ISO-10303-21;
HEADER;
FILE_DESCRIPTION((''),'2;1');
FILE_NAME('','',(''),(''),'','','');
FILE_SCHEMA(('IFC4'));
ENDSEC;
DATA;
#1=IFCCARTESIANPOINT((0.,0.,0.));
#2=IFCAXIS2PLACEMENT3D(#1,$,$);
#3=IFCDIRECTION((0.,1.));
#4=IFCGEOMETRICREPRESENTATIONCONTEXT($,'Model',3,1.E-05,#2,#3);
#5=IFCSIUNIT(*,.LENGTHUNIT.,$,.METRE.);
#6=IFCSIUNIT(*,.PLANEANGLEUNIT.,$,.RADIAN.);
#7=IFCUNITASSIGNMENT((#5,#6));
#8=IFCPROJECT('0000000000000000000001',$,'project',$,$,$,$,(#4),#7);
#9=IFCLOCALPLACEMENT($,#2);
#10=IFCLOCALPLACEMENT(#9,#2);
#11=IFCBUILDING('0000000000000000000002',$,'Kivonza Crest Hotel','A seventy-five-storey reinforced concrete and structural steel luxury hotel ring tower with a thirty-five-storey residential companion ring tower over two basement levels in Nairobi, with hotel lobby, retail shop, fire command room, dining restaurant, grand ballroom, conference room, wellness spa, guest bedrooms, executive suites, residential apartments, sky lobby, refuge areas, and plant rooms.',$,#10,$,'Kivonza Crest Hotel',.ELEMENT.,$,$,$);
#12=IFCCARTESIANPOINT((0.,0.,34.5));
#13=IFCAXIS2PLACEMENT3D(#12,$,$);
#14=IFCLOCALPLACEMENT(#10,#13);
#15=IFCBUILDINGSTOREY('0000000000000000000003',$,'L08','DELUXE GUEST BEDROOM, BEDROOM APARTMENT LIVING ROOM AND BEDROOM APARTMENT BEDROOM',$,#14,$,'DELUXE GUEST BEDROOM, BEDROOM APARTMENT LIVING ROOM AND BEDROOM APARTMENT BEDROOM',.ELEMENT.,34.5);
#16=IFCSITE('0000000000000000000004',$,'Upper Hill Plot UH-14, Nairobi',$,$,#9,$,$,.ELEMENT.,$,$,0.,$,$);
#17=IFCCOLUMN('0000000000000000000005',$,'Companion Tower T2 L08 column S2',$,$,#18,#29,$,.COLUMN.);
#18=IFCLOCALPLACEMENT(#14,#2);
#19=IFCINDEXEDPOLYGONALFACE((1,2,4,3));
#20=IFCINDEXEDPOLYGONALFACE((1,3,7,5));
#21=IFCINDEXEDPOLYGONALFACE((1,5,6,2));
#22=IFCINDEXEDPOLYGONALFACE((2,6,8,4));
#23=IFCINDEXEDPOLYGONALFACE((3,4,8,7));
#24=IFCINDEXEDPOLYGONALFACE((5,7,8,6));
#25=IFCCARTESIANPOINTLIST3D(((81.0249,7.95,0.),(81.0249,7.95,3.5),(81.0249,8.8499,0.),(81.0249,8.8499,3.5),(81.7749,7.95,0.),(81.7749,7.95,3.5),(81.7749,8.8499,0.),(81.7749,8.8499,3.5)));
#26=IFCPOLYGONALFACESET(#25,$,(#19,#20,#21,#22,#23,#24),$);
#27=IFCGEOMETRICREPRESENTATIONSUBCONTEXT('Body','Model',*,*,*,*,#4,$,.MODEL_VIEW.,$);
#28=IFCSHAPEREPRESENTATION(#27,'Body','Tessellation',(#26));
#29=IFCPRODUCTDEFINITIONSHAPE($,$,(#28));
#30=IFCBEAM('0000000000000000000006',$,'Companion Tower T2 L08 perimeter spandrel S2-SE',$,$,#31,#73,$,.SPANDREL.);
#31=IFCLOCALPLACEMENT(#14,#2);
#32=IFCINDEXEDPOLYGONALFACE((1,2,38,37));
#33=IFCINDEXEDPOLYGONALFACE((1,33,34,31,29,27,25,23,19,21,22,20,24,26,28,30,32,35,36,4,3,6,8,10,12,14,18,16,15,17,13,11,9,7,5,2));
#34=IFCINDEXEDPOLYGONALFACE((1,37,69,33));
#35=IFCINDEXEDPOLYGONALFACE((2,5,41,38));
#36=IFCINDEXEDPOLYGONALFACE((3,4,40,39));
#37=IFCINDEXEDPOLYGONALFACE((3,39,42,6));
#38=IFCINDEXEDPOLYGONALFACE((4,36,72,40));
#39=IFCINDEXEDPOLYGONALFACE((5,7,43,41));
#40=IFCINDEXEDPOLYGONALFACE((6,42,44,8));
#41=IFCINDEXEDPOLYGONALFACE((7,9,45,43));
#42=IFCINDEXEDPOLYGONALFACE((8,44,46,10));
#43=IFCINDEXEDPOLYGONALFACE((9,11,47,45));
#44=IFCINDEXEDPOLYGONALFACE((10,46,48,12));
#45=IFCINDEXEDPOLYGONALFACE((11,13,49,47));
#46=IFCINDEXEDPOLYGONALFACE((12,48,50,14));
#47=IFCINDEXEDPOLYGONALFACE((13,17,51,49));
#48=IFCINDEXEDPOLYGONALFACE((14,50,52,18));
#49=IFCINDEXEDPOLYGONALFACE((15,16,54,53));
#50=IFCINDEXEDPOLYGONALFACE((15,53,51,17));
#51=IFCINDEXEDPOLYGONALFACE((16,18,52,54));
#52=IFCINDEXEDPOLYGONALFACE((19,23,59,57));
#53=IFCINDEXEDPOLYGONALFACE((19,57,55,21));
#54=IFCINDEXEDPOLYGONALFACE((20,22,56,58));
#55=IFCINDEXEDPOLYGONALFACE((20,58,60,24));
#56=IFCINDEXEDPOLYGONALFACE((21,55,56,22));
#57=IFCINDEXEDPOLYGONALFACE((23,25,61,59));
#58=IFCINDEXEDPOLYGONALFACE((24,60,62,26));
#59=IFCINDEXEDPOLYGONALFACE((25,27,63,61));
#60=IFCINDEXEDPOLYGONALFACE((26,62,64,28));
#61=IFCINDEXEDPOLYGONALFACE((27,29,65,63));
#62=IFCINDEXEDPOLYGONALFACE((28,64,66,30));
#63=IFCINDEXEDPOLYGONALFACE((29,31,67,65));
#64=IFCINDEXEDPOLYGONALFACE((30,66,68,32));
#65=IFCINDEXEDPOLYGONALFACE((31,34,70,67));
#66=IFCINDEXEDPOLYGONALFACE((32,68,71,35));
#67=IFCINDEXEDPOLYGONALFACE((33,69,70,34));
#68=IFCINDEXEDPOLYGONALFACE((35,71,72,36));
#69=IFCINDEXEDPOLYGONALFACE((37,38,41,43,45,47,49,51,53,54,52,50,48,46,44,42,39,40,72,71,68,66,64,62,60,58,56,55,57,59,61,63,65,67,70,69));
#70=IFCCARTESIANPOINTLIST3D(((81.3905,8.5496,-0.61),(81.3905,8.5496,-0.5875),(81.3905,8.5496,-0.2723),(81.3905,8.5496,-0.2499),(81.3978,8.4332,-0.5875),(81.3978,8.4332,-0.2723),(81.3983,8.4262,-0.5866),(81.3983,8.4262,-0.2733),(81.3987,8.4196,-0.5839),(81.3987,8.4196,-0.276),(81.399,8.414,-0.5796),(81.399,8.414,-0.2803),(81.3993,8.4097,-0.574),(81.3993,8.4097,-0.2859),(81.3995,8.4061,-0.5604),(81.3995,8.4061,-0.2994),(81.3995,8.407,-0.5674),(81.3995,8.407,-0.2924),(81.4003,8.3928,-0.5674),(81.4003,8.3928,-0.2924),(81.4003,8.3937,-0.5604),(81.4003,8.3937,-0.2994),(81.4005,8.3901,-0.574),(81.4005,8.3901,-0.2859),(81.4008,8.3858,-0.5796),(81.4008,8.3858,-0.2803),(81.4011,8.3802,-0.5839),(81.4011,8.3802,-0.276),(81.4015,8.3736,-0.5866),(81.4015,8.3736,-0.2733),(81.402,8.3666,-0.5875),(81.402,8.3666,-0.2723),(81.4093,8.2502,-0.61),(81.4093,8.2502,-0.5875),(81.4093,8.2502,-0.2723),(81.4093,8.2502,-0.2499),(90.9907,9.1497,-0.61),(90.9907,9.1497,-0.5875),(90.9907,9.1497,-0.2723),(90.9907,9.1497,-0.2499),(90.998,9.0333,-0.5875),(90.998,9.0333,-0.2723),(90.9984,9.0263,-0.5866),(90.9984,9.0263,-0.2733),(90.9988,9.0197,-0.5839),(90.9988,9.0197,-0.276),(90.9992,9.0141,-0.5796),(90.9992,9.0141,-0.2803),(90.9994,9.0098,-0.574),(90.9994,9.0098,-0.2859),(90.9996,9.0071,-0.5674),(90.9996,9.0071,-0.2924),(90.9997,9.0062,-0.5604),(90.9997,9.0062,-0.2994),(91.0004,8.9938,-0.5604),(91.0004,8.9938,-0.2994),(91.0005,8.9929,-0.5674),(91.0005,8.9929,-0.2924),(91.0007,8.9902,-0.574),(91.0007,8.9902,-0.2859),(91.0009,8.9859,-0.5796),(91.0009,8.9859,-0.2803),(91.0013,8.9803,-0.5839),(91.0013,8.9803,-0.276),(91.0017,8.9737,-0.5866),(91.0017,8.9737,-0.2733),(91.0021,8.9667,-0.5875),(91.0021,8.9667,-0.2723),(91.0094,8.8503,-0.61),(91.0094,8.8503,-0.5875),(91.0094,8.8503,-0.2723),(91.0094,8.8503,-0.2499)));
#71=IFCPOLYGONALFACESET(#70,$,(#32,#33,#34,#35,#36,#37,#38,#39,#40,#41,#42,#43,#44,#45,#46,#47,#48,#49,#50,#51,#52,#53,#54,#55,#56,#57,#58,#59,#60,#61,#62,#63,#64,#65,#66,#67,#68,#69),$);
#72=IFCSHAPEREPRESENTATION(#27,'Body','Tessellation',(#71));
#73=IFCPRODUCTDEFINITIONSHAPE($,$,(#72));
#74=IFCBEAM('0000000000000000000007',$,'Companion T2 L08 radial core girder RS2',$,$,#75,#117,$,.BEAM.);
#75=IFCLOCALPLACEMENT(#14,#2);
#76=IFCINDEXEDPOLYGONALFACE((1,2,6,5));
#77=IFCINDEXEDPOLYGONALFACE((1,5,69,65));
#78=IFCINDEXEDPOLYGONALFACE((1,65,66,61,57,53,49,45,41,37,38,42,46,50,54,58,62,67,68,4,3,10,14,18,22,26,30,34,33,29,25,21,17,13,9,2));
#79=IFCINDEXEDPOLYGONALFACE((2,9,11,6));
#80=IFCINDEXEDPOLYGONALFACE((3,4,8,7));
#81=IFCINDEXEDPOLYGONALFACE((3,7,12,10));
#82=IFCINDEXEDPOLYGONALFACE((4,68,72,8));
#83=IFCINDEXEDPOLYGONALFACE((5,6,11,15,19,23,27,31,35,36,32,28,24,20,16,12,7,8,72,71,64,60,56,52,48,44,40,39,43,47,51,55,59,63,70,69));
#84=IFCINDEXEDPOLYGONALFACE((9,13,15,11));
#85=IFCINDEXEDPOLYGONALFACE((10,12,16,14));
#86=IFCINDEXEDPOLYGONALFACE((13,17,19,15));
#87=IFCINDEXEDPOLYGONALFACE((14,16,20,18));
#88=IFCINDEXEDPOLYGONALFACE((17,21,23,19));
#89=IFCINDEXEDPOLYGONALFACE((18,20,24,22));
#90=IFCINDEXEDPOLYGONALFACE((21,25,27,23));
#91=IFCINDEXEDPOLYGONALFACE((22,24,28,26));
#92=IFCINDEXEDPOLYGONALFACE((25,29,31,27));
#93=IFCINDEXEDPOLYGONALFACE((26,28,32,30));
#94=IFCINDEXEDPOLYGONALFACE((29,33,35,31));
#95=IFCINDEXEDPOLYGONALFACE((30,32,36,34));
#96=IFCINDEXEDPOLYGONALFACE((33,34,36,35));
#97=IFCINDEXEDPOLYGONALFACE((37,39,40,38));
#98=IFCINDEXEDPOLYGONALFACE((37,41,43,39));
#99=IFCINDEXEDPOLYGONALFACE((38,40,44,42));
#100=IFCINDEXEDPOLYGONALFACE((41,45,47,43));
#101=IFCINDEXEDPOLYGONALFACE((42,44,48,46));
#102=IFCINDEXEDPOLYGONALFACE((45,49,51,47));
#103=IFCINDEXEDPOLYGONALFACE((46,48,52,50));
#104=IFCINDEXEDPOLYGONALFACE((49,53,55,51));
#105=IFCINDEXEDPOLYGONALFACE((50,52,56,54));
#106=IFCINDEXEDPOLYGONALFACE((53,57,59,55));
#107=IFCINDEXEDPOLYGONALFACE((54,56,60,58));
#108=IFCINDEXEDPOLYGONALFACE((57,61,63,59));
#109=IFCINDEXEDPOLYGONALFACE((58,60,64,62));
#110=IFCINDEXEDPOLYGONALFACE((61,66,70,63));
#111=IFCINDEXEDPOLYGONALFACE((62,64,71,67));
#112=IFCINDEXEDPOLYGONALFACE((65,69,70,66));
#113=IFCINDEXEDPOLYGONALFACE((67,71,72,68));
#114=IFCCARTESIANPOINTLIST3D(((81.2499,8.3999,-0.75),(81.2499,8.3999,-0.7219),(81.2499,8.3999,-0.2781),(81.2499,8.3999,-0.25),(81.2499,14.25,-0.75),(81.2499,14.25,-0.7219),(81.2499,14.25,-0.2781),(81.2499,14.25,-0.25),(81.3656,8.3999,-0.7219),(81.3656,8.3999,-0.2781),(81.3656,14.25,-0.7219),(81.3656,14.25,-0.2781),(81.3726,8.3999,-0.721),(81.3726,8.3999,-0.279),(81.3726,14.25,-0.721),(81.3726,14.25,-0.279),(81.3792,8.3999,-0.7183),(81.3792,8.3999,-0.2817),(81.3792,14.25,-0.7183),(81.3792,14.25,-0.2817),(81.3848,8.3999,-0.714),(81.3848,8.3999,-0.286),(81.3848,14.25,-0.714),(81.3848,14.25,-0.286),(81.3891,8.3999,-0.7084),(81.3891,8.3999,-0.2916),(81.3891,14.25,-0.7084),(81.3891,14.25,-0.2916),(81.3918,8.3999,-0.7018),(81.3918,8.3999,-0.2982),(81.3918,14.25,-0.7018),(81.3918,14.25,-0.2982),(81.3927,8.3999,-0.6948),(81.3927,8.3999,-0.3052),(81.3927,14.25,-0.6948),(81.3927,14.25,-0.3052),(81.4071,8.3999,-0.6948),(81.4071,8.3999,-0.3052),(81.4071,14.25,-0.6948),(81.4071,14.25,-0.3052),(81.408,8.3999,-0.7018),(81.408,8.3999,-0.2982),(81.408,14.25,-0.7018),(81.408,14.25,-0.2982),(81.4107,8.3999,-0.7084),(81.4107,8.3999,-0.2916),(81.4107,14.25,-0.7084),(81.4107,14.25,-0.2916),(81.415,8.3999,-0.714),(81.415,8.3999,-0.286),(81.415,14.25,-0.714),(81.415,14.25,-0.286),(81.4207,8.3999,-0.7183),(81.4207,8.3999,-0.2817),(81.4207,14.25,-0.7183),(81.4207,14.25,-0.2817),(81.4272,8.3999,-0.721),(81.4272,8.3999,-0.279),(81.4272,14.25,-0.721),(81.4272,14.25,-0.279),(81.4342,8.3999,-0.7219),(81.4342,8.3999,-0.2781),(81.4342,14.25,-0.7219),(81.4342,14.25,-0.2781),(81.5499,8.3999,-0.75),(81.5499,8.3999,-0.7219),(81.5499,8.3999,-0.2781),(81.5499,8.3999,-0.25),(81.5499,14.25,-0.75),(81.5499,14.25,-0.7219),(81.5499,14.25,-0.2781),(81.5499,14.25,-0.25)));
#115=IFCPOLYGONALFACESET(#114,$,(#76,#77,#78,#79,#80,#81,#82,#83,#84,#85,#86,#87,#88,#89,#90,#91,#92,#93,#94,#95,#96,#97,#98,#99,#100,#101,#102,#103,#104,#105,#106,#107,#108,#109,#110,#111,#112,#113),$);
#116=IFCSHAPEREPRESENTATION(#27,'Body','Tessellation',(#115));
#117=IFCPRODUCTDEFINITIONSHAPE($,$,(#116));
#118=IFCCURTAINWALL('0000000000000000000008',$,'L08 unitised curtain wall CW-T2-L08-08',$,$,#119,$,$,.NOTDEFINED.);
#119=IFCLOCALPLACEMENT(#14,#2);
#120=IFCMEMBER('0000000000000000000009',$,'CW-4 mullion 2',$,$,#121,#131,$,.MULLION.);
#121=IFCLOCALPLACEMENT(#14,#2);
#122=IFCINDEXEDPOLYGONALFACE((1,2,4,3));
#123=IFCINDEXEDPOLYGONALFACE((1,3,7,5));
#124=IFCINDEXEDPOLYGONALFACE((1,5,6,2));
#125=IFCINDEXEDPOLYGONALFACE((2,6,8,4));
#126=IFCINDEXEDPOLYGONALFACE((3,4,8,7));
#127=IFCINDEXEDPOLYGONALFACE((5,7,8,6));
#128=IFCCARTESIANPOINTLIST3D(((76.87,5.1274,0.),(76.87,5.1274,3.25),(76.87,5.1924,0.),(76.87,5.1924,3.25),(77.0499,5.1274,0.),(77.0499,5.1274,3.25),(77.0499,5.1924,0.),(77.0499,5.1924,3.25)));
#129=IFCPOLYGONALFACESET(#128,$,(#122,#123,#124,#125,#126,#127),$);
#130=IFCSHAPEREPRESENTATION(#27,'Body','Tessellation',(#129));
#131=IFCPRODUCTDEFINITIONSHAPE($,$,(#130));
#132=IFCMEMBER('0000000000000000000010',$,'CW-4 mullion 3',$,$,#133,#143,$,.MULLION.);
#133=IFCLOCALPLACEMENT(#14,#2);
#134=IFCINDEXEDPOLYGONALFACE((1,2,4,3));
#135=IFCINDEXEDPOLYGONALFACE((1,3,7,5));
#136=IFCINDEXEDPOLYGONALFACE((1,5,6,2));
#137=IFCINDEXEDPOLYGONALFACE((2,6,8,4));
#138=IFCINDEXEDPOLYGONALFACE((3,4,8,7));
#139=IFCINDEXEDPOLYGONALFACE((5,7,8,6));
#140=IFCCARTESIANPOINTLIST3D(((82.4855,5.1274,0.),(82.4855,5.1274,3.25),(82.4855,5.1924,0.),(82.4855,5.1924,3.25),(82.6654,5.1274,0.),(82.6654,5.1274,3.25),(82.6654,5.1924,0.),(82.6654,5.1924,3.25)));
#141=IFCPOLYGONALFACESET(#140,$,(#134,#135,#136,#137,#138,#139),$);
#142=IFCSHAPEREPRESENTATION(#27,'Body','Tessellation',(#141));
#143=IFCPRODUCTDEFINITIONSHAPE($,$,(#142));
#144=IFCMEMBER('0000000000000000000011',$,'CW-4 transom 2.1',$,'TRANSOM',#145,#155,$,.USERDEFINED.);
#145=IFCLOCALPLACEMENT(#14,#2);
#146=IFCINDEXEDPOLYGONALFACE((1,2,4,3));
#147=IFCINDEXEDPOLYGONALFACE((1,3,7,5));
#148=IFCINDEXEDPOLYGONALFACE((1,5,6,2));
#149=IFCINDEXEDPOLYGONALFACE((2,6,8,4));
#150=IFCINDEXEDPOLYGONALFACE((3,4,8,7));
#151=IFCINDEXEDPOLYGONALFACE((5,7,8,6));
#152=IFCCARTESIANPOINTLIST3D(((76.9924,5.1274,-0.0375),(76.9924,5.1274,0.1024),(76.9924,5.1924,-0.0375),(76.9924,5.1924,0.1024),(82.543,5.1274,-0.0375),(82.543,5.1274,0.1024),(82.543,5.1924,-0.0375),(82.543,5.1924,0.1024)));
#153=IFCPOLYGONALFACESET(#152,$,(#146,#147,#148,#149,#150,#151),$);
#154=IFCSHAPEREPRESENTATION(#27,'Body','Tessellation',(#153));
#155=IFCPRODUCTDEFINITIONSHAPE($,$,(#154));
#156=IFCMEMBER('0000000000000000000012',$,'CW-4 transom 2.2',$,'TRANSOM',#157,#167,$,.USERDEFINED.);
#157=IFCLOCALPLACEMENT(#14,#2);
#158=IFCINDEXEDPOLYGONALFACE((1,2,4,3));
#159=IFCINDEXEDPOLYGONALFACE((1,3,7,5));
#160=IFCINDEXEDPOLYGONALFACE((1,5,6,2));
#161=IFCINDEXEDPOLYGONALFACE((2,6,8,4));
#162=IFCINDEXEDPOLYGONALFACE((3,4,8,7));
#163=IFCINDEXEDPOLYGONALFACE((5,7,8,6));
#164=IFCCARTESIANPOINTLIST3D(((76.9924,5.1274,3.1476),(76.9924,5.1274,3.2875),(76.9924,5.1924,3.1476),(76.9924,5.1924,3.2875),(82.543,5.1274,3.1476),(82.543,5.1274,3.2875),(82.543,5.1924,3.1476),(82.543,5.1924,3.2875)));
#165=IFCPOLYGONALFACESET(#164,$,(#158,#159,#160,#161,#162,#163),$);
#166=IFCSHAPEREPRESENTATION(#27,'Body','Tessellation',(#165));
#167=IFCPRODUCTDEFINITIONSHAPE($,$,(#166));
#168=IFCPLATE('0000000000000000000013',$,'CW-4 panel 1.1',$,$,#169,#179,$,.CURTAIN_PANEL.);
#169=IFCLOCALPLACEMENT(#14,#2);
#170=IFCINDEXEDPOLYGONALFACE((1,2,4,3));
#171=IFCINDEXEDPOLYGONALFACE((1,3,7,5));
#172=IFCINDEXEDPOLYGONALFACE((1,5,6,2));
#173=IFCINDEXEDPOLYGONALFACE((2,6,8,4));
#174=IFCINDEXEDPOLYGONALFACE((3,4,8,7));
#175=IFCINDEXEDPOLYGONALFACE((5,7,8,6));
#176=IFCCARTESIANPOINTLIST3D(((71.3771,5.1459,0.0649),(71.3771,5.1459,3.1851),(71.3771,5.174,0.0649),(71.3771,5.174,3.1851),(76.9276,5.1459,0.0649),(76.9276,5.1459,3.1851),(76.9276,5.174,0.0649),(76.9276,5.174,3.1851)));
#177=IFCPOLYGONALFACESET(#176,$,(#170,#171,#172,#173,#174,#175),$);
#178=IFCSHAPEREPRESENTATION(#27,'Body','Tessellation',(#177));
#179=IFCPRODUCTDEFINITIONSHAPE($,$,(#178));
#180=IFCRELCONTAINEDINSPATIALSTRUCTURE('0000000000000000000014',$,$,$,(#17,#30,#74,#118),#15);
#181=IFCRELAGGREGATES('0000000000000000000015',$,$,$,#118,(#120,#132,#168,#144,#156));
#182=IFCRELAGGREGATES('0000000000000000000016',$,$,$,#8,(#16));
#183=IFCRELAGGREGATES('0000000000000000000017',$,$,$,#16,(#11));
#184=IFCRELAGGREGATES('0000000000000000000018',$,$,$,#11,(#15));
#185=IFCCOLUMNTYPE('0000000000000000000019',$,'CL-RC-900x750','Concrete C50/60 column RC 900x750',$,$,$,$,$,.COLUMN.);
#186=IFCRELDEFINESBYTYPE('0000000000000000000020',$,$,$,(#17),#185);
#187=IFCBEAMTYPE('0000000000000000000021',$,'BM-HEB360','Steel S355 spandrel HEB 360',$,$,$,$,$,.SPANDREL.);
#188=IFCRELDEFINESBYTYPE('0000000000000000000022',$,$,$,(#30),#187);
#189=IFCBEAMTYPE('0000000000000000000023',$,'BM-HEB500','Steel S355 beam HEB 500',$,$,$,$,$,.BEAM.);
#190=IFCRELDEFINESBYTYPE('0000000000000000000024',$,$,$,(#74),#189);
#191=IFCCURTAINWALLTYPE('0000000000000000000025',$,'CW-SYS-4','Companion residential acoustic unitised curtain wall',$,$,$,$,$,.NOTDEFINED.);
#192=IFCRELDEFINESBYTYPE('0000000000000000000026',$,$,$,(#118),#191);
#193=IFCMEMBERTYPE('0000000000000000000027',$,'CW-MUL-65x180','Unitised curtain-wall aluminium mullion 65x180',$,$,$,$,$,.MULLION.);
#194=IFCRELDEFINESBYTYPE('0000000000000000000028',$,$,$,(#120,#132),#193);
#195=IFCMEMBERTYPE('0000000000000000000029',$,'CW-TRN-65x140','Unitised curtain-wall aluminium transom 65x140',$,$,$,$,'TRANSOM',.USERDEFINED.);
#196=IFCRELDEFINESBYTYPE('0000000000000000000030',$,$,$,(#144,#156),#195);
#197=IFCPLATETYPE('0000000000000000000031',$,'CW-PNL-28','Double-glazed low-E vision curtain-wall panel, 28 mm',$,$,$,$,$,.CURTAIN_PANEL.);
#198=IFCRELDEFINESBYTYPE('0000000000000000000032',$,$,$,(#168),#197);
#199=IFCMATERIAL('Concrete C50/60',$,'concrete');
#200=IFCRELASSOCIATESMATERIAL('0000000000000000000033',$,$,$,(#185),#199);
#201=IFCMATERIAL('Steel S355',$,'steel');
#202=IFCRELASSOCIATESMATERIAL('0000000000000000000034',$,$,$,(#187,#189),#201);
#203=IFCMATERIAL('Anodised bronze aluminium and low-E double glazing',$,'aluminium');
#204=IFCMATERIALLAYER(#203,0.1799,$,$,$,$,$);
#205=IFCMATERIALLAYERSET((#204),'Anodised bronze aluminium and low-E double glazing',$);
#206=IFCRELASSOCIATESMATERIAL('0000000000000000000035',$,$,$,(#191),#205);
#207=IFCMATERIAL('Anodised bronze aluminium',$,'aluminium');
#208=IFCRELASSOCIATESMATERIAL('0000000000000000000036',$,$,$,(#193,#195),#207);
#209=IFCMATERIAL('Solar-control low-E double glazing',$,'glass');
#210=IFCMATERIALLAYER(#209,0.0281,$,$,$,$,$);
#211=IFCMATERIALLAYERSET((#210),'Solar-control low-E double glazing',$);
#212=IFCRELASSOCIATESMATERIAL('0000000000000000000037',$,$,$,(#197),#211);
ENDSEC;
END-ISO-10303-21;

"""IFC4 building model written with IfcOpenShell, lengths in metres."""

from ifc_helpers import new_model, si_unit, direction, frame, origin, origin_2d, place, context, subcontext, project, spatial, rectangle, i_section, extrude, material, layer, layer_set, material_profile, profile_set, type_object, element, aggregate, save


model = new_model("IFC4")

# Units and contexts
model_context = context("Model", 3, precision=1e-05, world=origin(), true_north=direction((0.0, 1.0)))
body_context = subcontext(model_context, "Body", "Model", "MODEL_VIEW")
ifc_project = project(units=[si_unit("LENGTHUNIT", "METRE"), si_unit("PLANEANGLEUNIT", "RADIAN")], contexts=[model_context])

# Site, building, storey
site_placement = place(None, origin())
site = spatial("IfcSite", under=ifc_project, at=site_placement, Name="Upper Hill Plot UH-14, Nairobi", CompositionType="ELEMENT", RefElevation=0.0)
building_placement = place(site_placement, origin())
building = spatial("IfcBuilding", under=site, at=building_placement, Name="Kivonza Crest Hotel", Description="A seventy-five-storey reinforced concrete and structural steel luxury hotel ring tower with a thirty-five-storey residential companion ring tower over two basement levels in Nairobi, with hotel lobby, retail shop, fire command room, dining restaurant, grand ballroom, conference room, wellness spa, guest bedrooms, executive suites, residential apartments, sky lobby, refuge areas, and plant rooms.", LongName="Kivonza Crest Hotel", CompositionType="ELEMENT")
storey_placement = place(building_placement, frame((0.0, 0.0, 34.5)))
storey = spatial("IfcBuildingStorey", under=building, at=storey_placement, Name="L08", Description="DELUXE GUEST BEDROOM, BEDROOM APARTMENT LIVING ROOM AND BEDROOM APARTMENT BEDROOM", LongName="DELUXE GUEST BEDROOM, BEDROOM APARTMENT LIVING ROOM AND BEDROOM APARTMENT BEDROOM", CompositionType="ELEMENT", Elevation=34.5)

# Column
ifc_material_1 = material(Name="Concrete C50/60", Category="concrete")
ifc_material_profile_1 = material_profile(ifc_material_1, rectangle(XDim=0.75, YDim=0.8999, at=origin_2d()), Name="RC 900x750")
ifc_profile_set_1 = profile_set([ifc_material_profile_1], Name="Concrete C50/60")
column_type = type_object("IfcColumnType", Name="CL-RC-900x750", Description="Concrete C50/60 column RC 900x750", PredefinedType="COLUMN", material=ifc_profile_set_1)
column_placement = place(storey_placement, frame((81.3999, 8.3999, 0.0), z_axis=(0.0, 0.0, 1.0), x_axis=(1.0, 0.0, 0.0)))
element("IfcColumn", 1, at=column_placement, inside=storey, type_object=column_type, Name="Companion Tower T2 L08 column S2", PredefinedType="COLUMN", context=body_context, shape_type="SweptSolid", body=[
    extrude(rectangle(XDim=0.75, YDim=0.8999, at=origin_2d()), origin(), (0.0, 0.0, 1.0), 3.5),
])

# Beams
ifc_material_2 = material(Name="Steel S355", Category="steel")
ifc_material_profile_2 = material_profile(ifc_material_2, i_section(OverallWidth=0.3, OverallDepth=0.3601, WebThickness=0.0125, FlangeThickness=0.0225, FilletRadius=0.0271, at=origin_2d()), Name="HEB 360")
ifc_profile_set_2 = profile_set([ifc_material_profile_2], Name="Steel S355")
beam_type_1 = type_object("IfcBeamType", Name="BM-HEB360", Description="Steel S355 spandrel HEB 360", PredefinedType="SPANDREL", material=ifc_profile_set_2)
beam_1_placement = place(storey_placement, frame((81.3999, 8.3999, -0.4299), z_axis=(0.998052, 0.062388, 0.0), x_axis=(-0.062388, 0.998052, 0.0)))
element("IfcBeam", 2, at=beam_1_placement, inside=storey, type_object=beam_type_1, Name="Companion Tower T2 L08 perimeter spandrel S2-SE", PredefinedType="SPANDREL", context=body_context, shape_type="SweptSolid", body=[
    extrude(i_section(OverallWidth=0.3, OverallDepth=0.3601, WebThickness=0.0125, FlangeThickness=0.0225, FilletRadius=0.0271, at=origin_2d()), origin(), (0.0, 0.0, 1.0), 9.6189),
])
ifc_material_profile_3 = material_profile(ifc_material_2, i_section(OverallWidth=0.3, OverallDepth=0.5, WebThickness=0.0144, FlangeThickness=0.0281, FilletRadius=0.0271, at=origin_2d()), Name="HEB 500")
ifc_profile_set_3 = profile_set([ifc_material_profile_3], Name="Steel S355")
beam_type_2 = type_object("IfcBeamType", Name="BM-HEB500", Description="Steel S355 beam HEB 500", PredefinedType="BEAM", material=ifc_profile_set_3)
beam_2_placement = place(storey_placement, frame((81.3999, 8.3999, -0.5), z_axis=(0.0, 1.0, 0.0), x_axis=(-1.0, 0.0, 0.0)))
element("IfcBeam", 3, at=beam_2_placement, inside=storey, type_object=beam_type_2, Name="Companion T2 L08 radial core girder RS2", PredefinedType="BEAM", context=body_context, shape_type="SweptSolid", body=[
    extrude(i_section(OverallWidth=0.3, OverallDepth=0.5, WebThickness=0.0144, FlangeThickness=0.0281, FilletRadius=0.0271, at=origin_2d()), origin(), (0.0, 0.0, 1.0), 5.8501),
])

# Curtain wall, members, plate
ifc_material_3 = material(Name="Anodised bronze aluminium and low-E double glazing", Category="aluminium")
ifc_layer_1 = layer(ifc_material_3, 0.1799)
ifc_layer_set_1 = layer_set([ifc_layer_1], Name="Anodised bronze aluminium and low-E double glazing")
curtain_wall_type = type_object("IfcCurtainWallType", Name="CW-SYS-4", Description="Companion residential acoustic unitised curtain wall", PredefinedType="NOTDEFINED", material=ifc_layer_set_1)
curtain_wall_placement = place(storey_placement, origin())
curtain_wall = element("IfcCurtainWall", 4, at=curtain_wall_placement, inside=storey, type_object=curtain_wall_type, Name="L08 unitised curtain wall CW-T2-L08-08", PredefinedType="NOTDEFINED")
ifc_material_4 = material(Name="Anodised bronze aluminium", Category="aluminium")
ifc_material_profile_4 = material_profile(ifc_material_4, rectangle(XDim=0.0649, YDim=0.1799, at=origin_2d()), Name="CW-M 65x180")
ifc_profile_set_4 = profile_set([ifc_material_profile_4], Name="Anodised bronze aluminium")
member_type_1 = type_object("IfcMemberType", Name="CW-MUL-65x180", Description="Unitised curtain-wall aluminium mullion 65x180", PredefinedType="MULLION", material=ifc_profile_set_4)
member_1_placement = place(storey_placement, frame((76.96, 5.1599, 0.0), z_axis=(0.0, 0.0, 1.0), x_axis=(0.0, 1.0, 0.0)))
member_1 = element("IfcMember", 5, at=member_1_placement, type_object=member_type_1, Name="CW-4 mullion 2", PredefinedType="MULLION", context=body_context, shape_type="SweptSolid", body=[
    extrude(rectangle(XDim=0.0649, YDim=0.1799, at=origin_2d()), origin(), (0.0, 0.0, 1.0), 3.25),
])
member_2_placement = place(storey_placement, frame((82.5754, 5.1599, 0.0), z_axis=(0.0, 0.0, 1.0), x_axis=(0.0, 1.0, 0.0)))
member_2 = element("IfcMember", 6, at=member_2_placement, type_object=member_type_1, Name="CW-4 mullion 3", PredefinedType="MULLION", context=body_context, shape_type="SweptSolid", body=[
    extrude(rectangle(XDim=0.0649, YDim=0.1799, at=origin_2d()), origin(), (0.0, 0.0, 1.0), 3.25),
])
ifc_material_profile_5 = material_profile(ifc_material_4, rectangle(XDim=0.0649, YDim=0.1399, at=origin_2d()), Name="CW-T 65x140")
ifc_profile_set_5 = profile_set([ifc_material_profile_5], Name="Anodised bronze aluminium")
member_type_2 = type_object("IfcMemberType", Name="CW-TRN-65x140", Description="Unitised curtain-wall aluminium transom 65x140", ElementType="TRANSOM", PredefinedType="USERDEFINED", material=ifc_profile_set_5)
member_3_placement = place(storey_placement, frame((76.9924, 5.1599, 0.0325), z_axis=(1.0, 0.0, 0.0), x_axis=(0.0, 1.0, 0.0)))
member_3 = element("IfcMember", 7, at=member_3_placement, type_object=member_type_2, Name="CW-4 transom 2.1", ObjectType="TRANSOM", PredefinedType="USERDEFINED", context=body_context, shape_type="SweptSolid", body=[
    extrude(rectangle(XDim=0.0649, YDim=0.1399, at=origin_2d()), origin(), (0.0, 0.0, 1.0), 5.5505),
])
member_4_placement = place(storey_placement, frame((76.9924, 5.1599, 3.2175), z_axis=(1.0, 0.0, 0.0), x_axis=(0.0, 1.0, 0.0)))
member_4 = element("IfcMember", 8, at=member_4_placement, type_object=member_type_2, Name="CW-4 transom 2.2", ObjectType="TRANSOM", PredefinedType="USERDEFINED", context=body_context, shape_type="SweptSolid", body=[
    extrude(rectangle(XDim=0.0649, YDim=0.1399, at=origin_2d()), origin(), (0.0, 0.0, 1.0), 5.5505),
])
ifc_material_5 = material(Name="Solar-control low-E double glazing", Category="glass")
ifc_layer_2 = layer(ifc_material_5, 0.0281)
ifc_layer_set_2 = layer_set([ifc_layer_2], Name="Solar-control low-E double glazing")
plate_type = type_object("IfcPlateType", Name="CW-PNL-28", Description="Double-glazed low-E vision curtain-wall panel, 28 mm", PredefinedType="CURTAIN_PANEL", material=ifc_layer_set_2)
plate_1_placement = place(storey_placement, frame((74.1523, 5.1599, 0.0649), z_axis=(0.0, 0.0, 1.0), x_axis=(1.0, 0.0, 0.0)))
plate_1 = element("IfcPlate", 9, at=plate_1_placement, type_object=plate_type, Name="CW-4 panel 1.1", PredefinedType="CURTAIN_PANEL", context=body_context, shape_type="SweptSolid", body=[
    extrude(rectangle(XDim=5.5505, YDim=0.0281, at=origin_2d()), origin(), (0.0, 0.0, 1.0), 3.1201),
])
aggregate(curtain_wall, [member_1, member_2, plate_1, member_3, member_4])

save(model, "model.ifc")
